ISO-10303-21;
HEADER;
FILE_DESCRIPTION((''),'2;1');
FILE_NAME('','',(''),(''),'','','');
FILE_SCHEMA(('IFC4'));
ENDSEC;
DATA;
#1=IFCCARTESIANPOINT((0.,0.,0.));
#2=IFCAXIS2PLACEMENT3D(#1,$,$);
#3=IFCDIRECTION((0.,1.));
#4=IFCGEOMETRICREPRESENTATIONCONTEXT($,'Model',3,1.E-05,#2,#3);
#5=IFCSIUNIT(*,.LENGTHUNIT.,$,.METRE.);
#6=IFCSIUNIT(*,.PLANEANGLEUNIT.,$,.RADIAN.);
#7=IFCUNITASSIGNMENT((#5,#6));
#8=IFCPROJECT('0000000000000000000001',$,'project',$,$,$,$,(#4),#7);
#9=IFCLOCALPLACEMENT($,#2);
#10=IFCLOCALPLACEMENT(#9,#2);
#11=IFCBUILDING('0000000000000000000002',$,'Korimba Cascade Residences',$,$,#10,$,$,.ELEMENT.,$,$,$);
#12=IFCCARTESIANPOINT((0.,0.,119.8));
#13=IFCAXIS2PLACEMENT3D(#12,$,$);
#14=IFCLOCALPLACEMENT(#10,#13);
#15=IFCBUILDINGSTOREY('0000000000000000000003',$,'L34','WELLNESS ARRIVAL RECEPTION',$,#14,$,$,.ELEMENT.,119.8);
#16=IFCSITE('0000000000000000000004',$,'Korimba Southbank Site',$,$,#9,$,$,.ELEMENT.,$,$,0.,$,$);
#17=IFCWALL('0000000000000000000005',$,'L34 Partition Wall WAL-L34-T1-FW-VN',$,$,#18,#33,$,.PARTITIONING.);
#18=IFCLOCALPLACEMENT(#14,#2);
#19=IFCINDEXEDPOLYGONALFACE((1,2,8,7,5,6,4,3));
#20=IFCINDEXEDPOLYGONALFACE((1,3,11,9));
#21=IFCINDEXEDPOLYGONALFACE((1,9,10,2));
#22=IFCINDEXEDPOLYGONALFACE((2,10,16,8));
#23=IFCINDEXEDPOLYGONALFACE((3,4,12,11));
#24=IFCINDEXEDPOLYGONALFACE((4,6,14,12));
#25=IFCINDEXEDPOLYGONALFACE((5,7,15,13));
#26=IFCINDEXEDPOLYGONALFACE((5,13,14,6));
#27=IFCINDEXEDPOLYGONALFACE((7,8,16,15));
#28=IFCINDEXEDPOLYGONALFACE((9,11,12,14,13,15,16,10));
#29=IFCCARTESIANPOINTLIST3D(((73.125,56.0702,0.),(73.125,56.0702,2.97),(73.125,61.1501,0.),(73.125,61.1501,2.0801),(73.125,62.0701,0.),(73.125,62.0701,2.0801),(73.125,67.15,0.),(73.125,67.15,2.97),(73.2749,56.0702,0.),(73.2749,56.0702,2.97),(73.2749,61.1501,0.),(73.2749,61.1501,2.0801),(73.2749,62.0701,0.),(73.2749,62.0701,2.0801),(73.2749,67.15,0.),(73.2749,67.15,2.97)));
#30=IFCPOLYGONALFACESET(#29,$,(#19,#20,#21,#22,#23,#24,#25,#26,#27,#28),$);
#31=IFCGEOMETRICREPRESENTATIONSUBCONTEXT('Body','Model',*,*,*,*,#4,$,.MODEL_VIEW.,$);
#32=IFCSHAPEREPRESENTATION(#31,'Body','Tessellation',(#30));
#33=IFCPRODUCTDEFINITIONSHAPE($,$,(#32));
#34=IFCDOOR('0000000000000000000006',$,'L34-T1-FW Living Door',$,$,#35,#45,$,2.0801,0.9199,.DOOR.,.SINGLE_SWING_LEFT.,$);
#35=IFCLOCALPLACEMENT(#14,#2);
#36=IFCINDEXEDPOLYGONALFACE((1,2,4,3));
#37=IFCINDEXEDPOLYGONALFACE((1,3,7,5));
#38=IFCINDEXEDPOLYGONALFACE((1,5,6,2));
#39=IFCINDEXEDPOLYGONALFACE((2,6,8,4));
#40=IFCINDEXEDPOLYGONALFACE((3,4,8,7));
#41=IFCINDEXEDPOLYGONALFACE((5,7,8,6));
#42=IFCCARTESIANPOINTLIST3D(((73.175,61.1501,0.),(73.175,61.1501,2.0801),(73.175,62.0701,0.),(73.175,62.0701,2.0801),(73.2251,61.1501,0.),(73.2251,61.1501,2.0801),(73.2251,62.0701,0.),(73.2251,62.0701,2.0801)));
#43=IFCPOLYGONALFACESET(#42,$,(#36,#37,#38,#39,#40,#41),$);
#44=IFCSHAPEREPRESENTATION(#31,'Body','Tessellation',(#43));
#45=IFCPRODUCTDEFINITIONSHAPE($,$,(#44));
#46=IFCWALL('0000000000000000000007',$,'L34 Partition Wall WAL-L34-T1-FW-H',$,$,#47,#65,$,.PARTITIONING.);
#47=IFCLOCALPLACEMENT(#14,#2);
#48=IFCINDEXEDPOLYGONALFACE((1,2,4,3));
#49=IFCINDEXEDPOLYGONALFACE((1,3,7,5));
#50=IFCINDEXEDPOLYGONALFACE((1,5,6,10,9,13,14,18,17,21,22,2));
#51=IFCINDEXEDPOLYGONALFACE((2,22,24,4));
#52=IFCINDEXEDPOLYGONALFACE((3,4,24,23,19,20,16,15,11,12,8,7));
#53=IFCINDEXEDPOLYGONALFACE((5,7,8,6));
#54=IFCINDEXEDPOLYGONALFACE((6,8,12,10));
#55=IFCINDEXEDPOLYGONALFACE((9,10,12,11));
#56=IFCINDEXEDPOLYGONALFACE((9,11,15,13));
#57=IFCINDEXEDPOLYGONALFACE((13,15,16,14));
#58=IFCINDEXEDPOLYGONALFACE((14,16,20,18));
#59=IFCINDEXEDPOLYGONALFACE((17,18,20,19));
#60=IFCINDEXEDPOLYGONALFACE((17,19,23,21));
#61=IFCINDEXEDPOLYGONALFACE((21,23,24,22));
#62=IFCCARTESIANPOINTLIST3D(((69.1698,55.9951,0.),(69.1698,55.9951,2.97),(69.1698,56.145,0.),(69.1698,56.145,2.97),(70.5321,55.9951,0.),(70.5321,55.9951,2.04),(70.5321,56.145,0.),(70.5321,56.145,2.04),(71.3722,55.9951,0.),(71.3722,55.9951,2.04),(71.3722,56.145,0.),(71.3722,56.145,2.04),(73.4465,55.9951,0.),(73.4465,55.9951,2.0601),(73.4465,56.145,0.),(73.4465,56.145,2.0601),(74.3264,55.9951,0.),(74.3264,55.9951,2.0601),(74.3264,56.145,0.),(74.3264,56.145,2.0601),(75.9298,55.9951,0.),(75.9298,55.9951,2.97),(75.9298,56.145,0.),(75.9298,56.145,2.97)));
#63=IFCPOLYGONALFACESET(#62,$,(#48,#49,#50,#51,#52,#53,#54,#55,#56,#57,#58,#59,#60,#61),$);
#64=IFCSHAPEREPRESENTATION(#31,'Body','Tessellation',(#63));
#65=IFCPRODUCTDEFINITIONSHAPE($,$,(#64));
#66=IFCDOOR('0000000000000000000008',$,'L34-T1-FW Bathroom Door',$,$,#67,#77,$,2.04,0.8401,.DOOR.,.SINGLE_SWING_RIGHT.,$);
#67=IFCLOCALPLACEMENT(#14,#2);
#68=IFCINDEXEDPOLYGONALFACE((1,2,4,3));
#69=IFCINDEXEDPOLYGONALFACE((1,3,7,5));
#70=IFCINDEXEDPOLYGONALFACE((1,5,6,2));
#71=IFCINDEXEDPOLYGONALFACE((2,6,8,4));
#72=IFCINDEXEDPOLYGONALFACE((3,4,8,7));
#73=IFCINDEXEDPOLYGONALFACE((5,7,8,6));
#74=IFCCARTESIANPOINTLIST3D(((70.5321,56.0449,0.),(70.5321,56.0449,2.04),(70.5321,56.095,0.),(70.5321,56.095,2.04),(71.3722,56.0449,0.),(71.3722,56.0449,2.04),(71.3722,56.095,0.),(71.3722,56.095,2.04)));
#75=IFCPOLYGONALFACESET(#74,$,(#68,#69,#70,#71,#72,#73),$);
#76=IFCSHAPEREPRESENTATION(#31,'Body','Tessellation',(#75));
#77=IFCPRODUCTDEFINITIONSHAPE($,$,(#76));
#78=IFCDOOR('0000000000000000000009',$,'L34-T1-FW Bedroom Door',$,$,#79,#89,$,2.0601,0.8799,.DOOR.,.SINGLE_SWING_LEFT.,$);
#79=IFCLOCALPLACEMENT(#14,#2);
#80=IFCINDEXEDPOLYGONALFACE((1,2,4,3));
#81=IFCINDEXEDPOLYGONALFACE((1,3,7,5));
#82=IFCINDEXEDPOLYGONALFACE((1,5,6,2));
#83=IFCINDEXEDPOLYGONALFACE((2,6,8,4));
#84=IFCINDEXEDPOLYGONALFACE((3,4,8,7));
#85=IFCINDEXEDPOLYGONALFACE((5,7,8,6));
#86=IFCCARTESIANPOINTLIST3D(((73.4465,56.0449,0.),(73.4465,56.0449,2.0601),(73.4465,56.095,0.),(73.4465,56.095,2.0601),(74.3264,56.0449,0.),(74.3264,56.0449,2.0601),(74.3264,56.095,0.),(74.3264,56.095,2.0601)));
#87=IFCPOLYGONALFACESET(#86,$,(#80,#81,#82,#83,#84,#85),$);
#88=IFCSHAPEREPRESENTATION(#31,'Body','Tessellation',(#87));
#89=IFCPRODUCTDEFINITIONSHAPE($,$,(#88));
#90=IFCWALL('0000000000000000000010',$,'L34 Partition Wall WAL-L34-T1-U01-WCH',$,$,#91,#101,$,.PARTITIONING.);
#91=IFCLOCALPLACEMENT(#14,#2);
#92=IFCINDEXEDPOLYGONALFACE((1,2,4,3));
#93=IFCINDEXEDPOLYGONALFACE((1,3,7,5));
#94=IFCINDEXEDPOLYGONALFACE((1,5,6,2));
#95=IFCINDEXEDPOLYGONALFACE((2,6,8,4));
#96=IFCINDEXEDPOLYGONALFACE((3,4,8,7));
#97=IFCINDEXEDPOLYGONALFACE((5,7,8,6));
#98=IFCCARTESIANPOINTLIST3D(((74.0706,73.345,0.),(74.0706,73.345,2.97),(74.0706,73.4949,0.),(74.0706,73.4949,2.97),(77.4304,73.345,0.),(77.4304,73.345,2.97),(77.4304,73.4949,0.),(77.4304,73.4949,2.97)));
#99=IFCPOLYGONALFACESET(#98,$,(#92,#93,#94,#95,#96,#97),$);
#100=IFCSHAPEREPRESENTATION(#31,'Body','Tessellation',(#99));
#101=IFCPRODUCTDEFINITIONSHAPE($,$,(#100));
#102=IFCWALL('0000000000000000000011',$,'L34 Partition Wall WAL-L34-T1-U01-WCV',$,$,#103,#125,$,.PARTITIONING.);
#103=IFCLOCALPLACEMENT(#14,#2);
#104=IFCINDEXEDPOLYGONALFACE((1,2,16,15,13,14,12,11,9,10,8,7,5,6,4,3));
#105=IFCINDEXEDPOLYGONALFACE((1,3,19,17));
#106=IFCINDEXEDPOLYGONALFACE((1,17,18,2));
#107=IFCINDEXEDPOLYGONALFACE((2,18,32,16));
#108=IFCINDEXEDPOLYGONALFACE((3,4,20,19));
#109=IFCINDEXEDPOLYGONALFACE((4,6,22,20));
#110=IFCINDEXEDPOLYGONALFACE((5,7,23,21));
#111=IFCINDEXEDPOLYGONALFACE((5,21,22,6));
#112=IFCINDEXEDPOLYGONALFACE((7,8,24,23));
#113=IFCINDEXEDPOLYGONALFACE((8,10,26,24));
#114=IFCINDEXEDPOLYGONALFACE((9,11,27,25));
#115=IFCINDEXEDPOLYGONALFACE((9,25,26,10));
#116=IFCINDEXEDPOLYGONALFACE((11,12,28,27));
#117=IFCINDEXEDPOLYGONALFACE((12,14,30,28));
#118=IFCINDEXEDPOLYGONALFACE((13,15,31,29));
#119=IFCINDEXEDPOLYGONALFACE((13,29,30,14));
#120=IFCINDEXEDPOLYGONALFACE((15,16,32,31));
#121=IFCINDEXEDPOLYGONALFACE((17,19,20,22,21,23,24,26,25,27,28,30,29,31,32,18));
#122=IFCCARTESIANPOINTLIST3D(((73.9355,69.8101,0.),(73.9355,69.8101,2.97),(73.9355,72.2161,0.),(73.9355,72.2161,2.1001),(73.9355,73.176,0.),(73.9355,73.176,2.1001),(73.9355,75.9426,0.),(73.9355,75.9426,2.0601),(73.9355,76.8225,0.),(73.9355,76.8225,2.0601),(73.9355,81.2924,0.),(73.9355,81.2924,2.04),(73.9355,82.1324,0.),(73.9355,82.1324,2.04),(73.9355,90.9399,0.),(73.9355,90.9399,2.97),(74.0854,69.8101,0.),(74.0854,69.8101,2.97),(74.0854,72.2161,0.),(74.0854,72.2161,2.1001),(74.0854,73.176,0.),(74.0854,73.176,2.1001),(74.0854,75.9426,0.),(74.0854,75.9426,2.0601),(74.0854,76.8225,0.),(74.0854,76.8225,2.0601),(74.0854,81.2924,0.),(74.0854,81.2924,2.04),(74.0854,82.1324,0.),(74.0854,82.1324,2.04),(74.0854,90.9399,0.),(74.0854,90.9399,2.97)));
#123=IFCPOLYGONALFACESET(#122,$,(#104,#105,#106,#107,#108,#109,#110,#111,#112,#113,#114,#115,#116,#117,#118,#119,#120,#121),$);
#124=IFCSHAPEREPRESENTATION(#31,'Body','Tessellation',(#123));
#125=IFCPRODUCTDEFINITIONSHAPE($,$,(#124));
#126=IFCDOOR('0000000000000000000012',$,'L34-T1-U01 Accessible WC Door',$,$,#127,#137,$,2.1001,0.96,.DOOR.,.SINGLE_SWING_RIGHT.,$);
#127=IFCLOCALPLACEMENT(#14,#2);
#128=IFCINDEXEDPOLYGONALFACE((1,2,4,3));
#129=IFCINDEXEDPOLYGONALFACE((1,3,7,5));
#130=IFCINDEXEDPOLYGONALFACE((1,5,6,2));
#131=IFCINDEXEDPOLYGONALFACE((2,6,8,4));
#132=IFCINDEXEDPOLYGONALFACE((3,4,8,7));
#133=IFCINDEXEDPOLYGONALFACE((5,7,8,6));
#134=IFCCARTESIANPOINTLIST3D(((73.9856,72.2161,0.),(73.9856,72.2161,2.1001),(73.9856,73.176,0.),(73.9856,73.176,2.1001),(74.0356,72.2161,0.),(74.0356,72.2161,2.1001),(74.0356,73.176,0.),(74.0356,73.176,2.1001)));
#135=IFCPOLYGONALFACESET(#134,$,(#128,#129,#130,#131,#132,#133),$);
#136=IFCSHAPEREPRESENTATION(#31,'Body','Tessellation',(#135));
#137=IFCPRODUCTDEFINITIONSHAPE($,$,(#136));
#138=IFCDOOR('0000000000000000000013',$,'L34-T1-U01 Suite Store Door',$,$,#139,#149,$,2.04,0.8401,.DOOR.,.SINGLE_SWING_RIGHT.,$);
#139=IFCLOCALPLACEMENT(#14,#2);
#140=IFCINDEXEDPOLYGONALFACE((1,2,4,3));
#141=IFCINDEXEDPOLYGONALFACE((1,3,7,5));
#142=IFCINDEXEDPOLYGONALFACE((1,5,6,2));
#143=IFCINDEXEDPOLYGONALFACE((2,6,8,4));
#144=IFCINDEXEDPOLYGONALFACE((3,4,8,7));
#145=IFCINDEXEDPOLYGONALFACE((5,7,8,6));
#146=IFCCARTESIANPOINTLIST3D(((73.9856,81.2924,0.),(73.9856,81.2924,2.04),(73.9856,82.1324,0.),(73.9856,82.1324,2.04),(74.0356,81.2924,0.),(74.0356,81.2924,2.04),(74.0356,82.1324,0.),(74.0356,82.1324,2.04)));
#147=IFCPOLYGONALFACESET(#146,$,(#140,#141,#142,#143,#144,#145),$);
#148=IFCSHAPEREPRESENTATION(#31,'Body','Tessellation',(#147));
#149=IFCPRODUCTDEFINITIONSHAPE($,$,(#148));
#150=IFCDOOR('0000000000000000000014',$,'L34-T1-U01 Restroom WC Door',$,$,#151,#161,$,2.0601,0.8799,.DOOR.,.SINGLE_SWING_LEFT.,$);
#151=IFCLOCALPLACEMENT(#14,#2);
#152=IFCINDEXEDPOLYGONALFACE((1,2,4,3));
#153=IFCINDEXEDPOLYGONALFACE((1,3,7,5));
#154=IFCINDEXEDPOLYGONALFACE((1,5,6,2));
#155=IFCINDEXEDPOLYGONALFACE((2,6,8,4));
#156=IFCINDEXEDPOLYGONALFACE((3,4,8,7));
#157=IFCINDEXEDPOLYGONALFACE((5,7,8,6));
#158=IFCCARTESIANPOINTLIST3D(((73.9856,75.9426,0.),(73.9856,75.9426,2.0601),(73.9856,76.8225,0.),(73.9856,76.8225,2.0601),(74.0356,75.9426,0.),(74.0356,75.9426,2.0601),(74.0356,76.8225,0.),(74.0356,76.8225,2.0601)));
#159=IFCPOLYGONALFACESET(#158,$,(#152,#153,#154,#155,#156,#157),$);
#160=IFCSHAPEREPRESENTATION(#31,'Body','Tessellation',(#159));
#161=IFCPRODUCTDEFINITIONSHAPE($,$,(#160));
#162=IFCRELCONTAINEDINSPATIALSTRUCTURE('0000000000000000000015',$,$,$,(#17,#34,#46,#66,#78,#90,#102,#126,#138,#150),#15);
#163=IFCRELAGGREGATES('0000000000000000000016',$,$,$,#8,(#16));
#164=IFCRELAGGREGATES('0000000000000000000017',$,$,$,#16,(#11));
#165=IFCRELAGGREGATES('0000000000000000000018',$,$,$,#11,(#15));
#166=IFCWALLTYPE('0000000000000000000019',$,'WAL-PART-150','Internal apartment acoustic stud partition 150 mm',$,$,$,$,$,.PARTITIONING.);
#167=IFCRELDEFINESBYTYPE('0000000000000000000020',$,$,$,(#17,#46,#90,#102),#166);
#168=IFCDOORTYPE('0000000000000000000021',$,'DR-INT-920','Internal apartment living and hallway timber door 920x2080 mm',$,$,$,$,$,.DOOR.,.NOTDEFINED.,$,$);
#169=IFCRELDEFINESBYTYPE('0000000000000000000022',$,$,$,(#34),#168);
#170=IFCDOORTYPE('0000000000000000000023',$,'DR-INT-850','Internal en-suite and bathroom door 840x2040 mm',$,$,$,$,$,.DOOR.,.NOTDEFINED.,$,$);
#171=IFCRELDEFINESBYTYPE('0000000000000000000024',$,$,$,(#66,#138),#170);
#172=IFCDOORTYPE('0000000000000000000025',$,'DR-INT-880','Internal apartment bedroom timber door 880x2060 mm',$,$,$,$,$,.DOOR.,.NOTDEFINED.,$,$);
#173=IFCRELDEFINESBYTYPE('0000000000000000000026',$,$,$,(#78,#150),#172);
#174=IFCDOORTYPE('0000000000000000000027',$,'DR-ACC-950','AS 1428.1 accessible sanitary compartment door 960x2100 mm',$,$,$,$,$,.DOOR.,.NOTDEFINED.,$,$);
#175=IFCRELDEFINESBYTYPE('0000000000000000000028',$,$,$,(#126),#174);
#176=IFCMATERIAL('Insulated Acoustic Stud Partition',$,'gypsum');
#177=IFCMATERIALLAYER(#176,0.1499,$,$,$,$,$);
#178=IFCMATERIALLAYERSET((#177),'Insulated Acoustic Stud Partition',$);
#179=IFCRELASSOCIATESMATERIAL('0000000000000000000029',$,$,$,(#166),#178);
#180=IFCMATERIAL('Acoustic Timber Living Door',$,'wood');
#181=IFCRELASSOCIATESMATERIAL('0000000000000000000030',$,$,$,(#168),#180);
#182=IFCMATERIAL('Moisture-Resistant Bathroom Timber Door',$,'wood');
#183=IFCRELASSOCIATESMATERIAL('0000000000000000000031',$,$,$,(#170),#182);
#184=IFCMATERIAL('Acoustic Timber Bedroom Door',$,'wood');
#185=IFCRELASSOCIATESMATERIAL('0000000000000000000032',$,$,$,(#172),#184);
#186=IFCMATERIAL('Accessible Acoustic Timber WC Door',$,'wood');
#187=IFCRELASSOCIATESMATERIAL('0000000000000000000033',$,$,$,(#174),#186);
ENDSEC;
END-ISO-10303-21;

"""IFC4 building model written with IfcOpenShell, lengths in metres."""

from ifc_helpers import new_model, si_unit, direction, frame, frame_2d, origin, place, context, subcontext, project, spatial, rectangle, extrude, material, layer, layer_set, type_object, element, fill, save


model = new_model("IFC4")

# Units and contexts
model_context = context("Model", 3, precision=1e-05, world=origin(), true_north=direction((0.0, 1.0)))
body_context = subcontext(model_context, "Body", "Model", "MODEL_VIEW")
ifc_project = project(units=[si_unit("LENGTHUNIT", "METRE"), si_unit("PLANEANGLEUNIT", "RADIAN")], contexts=[model_context])

# Site, building, storey
site_placement = place(None, origin())
site = spatial("IfcSite", under=ifc_project, at=site_placement, Name="Korimba Southbank Site", CompositionType="ELEMENT", RefElevation=0.0)
building_placement = place(site_placement, origin())
building = spatial("IfcBuilding", under=site, at=building_placement, Name="Korimba Cascade Residences", CompositionType="ELEMENT")
storey_placement = place(building_placement, frame((0.0, 0.0, 119.8)))
storey = spatial("IfcBuildingStorey", under=building, at=storey_placement, Name="L34", Description="WELLNESS ARRIVAL RECEPTION", CompositionType="ELEMENT", Elevation=119.8)

# Wall, opening, door
ifc_material_1 = material(Name="Insulated Acoustic Stud Partition", Category="gypsum")
ifc_layer_1 = layer(ifc_material_1, 0.1499)
ifc_layer_set_1 = layer_set([ifc_layer_1], Name="Insulated Acoustic Stud Partition")
wall_type_1 = type_object("IfcWallType", Name="WAL-PART-150", Description="Internal apartment acoustic stud partition 150 mm", PredefinedType="PARTITIONING", material=ifc_layer_set_1)
wall_1_placement = place(storey_placement, frame((73.2, 56.0701, 0.0), z_axis=(0.0, 0.0, 1.0), x_axis=(0.0, 1.0, 0.0)))
wall_1 = element("IfcWall", 1, at=wall_1_placement, inside=storey, type_object=wall_type_1, Name="L34 Partition Wall WAL-L34-T1-FW-VN", PredefinedType="PARTITIONING", context=body_context, shape_type="SweptSolid", body=[
    extrude(rectangle(XDim=11.0798, YDim=0.1499, at=frame_2d((5.54, 0.0))), origin(), (0.0, 0.0, 1.0), 2.97),
])
opening_1_placement = place(wall_1_placement, frame((5.0801, 0.0, 0.0)))
opening_1 = element("IfcOpeningElement", 2, at=opening_1_placement, cuts=wall_1, PredefinedType="OPENING", context=body_context, shape_type="SweptSolid", body=[
    extrude(rectangle(XDim=0.9199, YDim=2.0801, at=frame_2d((0.46, 1.04))), frame((0.0, 0.085, 0.0), z_axis=(0.0, -1.0, 0.0), x_axis=(1.0, 0.0, 0.0)), (0.0, 0.0, 1.0), 0.1699),
])
ifc_material_2 = material(Name="Acoustic Timber Living Door", Category="wood")
door_type_1 = type_object("IfcDoorType", Name="DR-INT-920", Description="Internal apartment living and hallway timber door 920x2080 mm", OperationType="NOTDEFINED", PredefinedType="DOOR", material=ifc_material_2)
door_1_placement = place(opening_1_placement, origin())
door_1 = element("IfcDoor", 3, at=door_1_placement, inside=storey, type_object=door_type_1, Name="L34-T1-FW Living Door", OperationType="SINGLE_SWING_LEFT", OverallHeight=2.0801, OverallWidth=0.9199, PredefinedType="DOOR", context=body_context, shape_type="SweptSolid", body=[
    extrude(rectangle(XDim=0.9199, YDim=2.0801, at=frame_2d((0.46, 1.04))), frame((0.0, 0.0249, 0.0), z_axis=(0.0, -1.0, 0.0), x_axis=(1.0, 0.0, 0.0)), (0.0, 0.0, 1.0), 0.05),
])
fill(opening_1, door_1)

# Wall, openings, doors
wall_2_placement = place(storey_placement, frame((69.1699, 56.0701, 0.0), z_axis=(0.0, 0.0, 1.0), x_axis=(1.0, 0.0, 0.0)))
wall_2 = element("IfcWall", 4, at=wall_2_placement, inside=storey, type_object=wall_type_1, Name="L34 Partition Wall WAL-L34-T1-FW-H", PredefinedType="PARTITIONING", context=body_context, shape_type="SweptSolid", body=[
    extrude(rectangle(XDim=6.76, YDim=0.1499, at=frame_2d((3.3799, 0.0))), origin(), (0.0, 0.0, 1.0), 2.97),
])
opening_2_placement = place(wall_2_placement, frame((1.3623, 0.0, 0.0)))
opening_2 = element("IfcOpeningElement", 5, at=opening_2_placement, cuts=wall_2, PredefinedType="OPENING", context=body_context, shape_type="SweptSolid", body=[
    extrude(rectangle(XDim=0.8401, YDim=2.04, at=frame_2d((0.4199, 1.02))), frame((0.0, 0.085, 0.0), z_axis=(0.0, -1.0, 0.0), x_axis=(1.0, 0.0, 0.0)), (0.0, 0.0, 1.0), 0.1699),
])
opening_3_placement = place(wall_2_placement, frame((4.2766, 0.0, 0.0)))
opening_3 = element("IfcOpeningElement", 6, at=opening_3_placement, cuts=wall_2, PredefinedType="OPENING", context=body_context, shape_type="SweptSolid", body=[
    extrude(rectangle(XDim=0.8799, YDim=2.0601, at=frame_2d((0.4399, 1.03))), frame((0.0, 0.085, 0.0), z_axis=(0.0, -1.0, 0.0), x_axis=(1.0, 0.0, 0.0)), (0.0, 0.0, 1.0), 0.1699),
])
ifc_material_3 = material(Name="Moisture-Resistant Bathroom Timber Door", Category="wood")
door_type_2 = type_object("IfcDoorType", Name="DR-INT-850", Description="Internal en-suite and bathroom door 840x2040 mm", OperationType="NOTDEFINED", PredefinedType="DOOR", material=ifc_material_3)
door_2_placement = place(opening_2_placement, origin())
door_2 = element("IfcDoor", 7, at=door_2_placement, inside=storey, type_object=door_type_2, Name="L34-T1-FW Bathroom Door", OperationType="SINGLE_SWING_RIGHT", OverallHeight=2.04, OverallWidth=0.8401, PredefinedType="DOOR", context=body_context, shape_type="SweptSolid", body=[
    extrude(rectangle(XDim=0.8401, YDim=2.04, at=frame_2d((0.4199, 1.02))), frame((0.0, 0.0249, 0.0), z_axis=(0.0, -1.0, 0.0), x_axis=(1.0, 0.0, 0.0)), (0.0, 0.0, 1.0), 0.05),
])
fill(opening_2, door_2)
ifc_material_4 = material(Name="Acoustic Timber Bedroom Door", Category="wood")
door_type_3 = type_object("IfcDoorType", Name="DR-INT-880", Description="Internal apartment bedroom timber door 880x2060 mm", OperationType="NOTDEFINED", PredefinedType="DOOR", material=ifc_material_4)
door_3_placement = place(opening_3_placement, origin())
door_3 = element("IfcDoor", 8, at=door_3_placement, inside=storey, type_object=door_type_3, Name="L34-T1-FW Bedroom Door", OperationType="SINGLE_SWING_LEFT", OverallHeight=2.0601, OverallWidth=0.8799, PredefinedType="DOOR", context=body_context, shape_type="SweptSolid", body=[
    extrude(rectangle(XDim=0.8799, YDim=2.0601, at=frame_2d((0.4399, 1.03))), frame((0.0, 0.0249, 0.0), z_axis=(0.0, -1.0, 0.0), x_axis=(1.0, 0.0, 0.0)), (0.0, 0.0, 1.0), 0.05),
])
fill(opening_3, door_3)

# Wall
wall_3_placement = place(storey_placement, frame((74.0706, 73.4199, 0.0), z_axis=(0.0, 0.0, 1.0), x_axis=(1.0, 0.0, 0.0)))
element("IfcWall", 9, at=wall_3_placement, inside=storey, type_object=wall_type_1, Name="L34 Partition Wall WAL-L34-T1-U01-WCH", PredefinedType="PARTITIONING", context=body_context, shape_type="SweptSolid", body=[
    extrude(rectangle(XDim=3.3599, YDim=0.1499, at=frame_2d((1.6799, 0.0))), origin(), (0.0, 0.0, 1.0), 2.97),
])

# Wall, openings, doors
wall_4_placement = place(storey_placement, frame((74.0105, 69.8101, 0.0), z_axis=(0.0, 0.0, 1.0), x_axis=(0.0, 1.0, 0.0)))
wall_4 = element("IfcWall", 10, at=wall_4_placement, inside=storey, type_object=wall_type_1, Name="L34 Partition Wall WAL-L34-T1-U01-WCV", PredefinedType="PARTITIONING", context=body_context, shape_type="SweptSolid", body=[
    extrude(rectangle(XDim=21.1299, YDim=0.1499, at=frame_2d((10.5649, 0.0))), origin(), (0.0, 0.0, 1.0), 2.97),
])
opening_4_placement = place(wall_4_placement, frame((2.406, 0.0, 0.0)))
opening_4 = element("IfcOpeningElement", 11, at=opening_4_placement, cuts=wall_4, PredefinedType="OPENING", context=body_context, shape_type="SweptSolid", body=[
    extrude(rectangle(XDim=0.96, YDim=2.1001, at=frame_2d((0.48, 1.05))), frame((0.0, 0.085, 0.0), z_axis=(0.0, -1.0, 0.0), x_axis=(1.0, 0.0, 0.0)), (0.0, 0.0, 1.0), 0.1699),
])
opening_5_placement = place(wall_4_placement, frame((6.1326, 0.0, 0.0)))
opening_5 = element("IfcOpeningElement", 12, at=opening_5_placement, cuts=wall_4, PredefinedType="OPENING", context=body_context, shape_type="SweptSolid", body=[
    extrude(rectangle(XDim=0.8799, YDim=2.0601, at=frame_2d((0.4399, 1.03))), frame((0.0, 0.085, 0.0), z_axis=(0.0, -1.0, 0.0), x_axis=(1.0, 0.0, 0.0)), (0.0, 0.0, 1.0), 0.1699),
])
opening_6_placement = place(wall_4_placement, frame((11.4824, 0.0, 0.0)))
opening_6 = element("IfcOpeningElement", 13, at=opening_6_placement, cuts=wall_4, PredefinedType="OPENING", context=body_context, shape_type="SweptSolid", body=[
    extrude(rectangle(XDim=0.8401, YDim=2.04, at=frame_2d((0.4199, 1.02))), frame((0.0, 0.085, 0.0), z_axis=(0.0, -1.0, 0.0), x_axis=(1.0, 0.0, 0.0)), (0.0, 0.0, 1.0), 0.1699),
])
ifc_material_5 = material(Name="Accessible Acoustic Timber WC Door", Category="wood")
door_type_4 = type_object("IfcDoorType", Name="DR-ACC-950", Description="AS 1428.1 accessible sanitary compartment door 960x2100 mm", OperationType="NOTDEFINED", PredefinedType="DOOR", material=ifc_material_5)
door_4_placement = place(opening_4_placement, origin())
door_4 = element("IfcDoor", 14, at=door_4_placement, inside=storey, type_object=door_type_4, Name="L34-T1-U01 Accessible WC Door", OperationType="SINGLE_SWING_RIGHT", OverallHeight=2.1001, OverallWidth=0.96, PredefinedType="DOOR", context=body_context, shape_type="SweptSolid", body=[
    extrude(rectangle(XDim=0.96, YDim=2.1001, at=frame_2d((0.48, 1.05))), frame((0.0, 0.0249, 0.0), z_axis=(0.0, -1.0, 0.0), x_axis=(1.0, 0.0, 0.0)), (0.0, 0.0, 1.0), 0.05),
])
fill(opening_4, door_4)
door_5_placement = place(opening_6_placement, origin())
door_5 = element("IfcDoor", 15, at=door_5_placement, inside=storey, type_object=door_type_2, Name="L34-T1-U01 Suite Store Door", OperationType="SINGLE_SWING_RIGHT", OverallHeight=2.04, OverallWidth=0.8401, PredefinedType="DOOR", context=body_context, shape_type="SweptSolid", body=[
    extrude(rectangle(XDim=0.8401, YDim=2.04, at=frame_2d((0.4199, 1.02))), frame((0.0, 0.0249, 0.0), z_axis=(0.0, -1.0, 0.0), x_axis=(1.0, 0.0, 0.0)), (0.0, 0.0, 1.0), 0.05),
])
fill(opening_6, door_5)
door_6_placement = place(opening_5_placement, origin())
door_6 = element("IfcDoor", 16, at=door_6_placement, inside=storey, type_object=door_type_3, Name="L34-T1-U01 Restroom WC Door", OperationType="SINGLE_SWING_LEFT", OverallHeight=2.0601, OverallWidth=0.8799, PredefinedType="DOOR", context=body_context, shape_type="SweptSolid", body=[
    extrude(rectangle(XDim=0.8799, YDim=2.0601, at=frame_2d((0.4399, 1.03))), frame((0.0, 0.0249, 0.0), z_axis=(0.0, -1.0, 0.0), x_axis=(1.0, 0.0, 0.0)), (0.0, 0.0, 1.0), 0.05),
])
fill(opening_5, door_6)

save(model, "model.ifc")
